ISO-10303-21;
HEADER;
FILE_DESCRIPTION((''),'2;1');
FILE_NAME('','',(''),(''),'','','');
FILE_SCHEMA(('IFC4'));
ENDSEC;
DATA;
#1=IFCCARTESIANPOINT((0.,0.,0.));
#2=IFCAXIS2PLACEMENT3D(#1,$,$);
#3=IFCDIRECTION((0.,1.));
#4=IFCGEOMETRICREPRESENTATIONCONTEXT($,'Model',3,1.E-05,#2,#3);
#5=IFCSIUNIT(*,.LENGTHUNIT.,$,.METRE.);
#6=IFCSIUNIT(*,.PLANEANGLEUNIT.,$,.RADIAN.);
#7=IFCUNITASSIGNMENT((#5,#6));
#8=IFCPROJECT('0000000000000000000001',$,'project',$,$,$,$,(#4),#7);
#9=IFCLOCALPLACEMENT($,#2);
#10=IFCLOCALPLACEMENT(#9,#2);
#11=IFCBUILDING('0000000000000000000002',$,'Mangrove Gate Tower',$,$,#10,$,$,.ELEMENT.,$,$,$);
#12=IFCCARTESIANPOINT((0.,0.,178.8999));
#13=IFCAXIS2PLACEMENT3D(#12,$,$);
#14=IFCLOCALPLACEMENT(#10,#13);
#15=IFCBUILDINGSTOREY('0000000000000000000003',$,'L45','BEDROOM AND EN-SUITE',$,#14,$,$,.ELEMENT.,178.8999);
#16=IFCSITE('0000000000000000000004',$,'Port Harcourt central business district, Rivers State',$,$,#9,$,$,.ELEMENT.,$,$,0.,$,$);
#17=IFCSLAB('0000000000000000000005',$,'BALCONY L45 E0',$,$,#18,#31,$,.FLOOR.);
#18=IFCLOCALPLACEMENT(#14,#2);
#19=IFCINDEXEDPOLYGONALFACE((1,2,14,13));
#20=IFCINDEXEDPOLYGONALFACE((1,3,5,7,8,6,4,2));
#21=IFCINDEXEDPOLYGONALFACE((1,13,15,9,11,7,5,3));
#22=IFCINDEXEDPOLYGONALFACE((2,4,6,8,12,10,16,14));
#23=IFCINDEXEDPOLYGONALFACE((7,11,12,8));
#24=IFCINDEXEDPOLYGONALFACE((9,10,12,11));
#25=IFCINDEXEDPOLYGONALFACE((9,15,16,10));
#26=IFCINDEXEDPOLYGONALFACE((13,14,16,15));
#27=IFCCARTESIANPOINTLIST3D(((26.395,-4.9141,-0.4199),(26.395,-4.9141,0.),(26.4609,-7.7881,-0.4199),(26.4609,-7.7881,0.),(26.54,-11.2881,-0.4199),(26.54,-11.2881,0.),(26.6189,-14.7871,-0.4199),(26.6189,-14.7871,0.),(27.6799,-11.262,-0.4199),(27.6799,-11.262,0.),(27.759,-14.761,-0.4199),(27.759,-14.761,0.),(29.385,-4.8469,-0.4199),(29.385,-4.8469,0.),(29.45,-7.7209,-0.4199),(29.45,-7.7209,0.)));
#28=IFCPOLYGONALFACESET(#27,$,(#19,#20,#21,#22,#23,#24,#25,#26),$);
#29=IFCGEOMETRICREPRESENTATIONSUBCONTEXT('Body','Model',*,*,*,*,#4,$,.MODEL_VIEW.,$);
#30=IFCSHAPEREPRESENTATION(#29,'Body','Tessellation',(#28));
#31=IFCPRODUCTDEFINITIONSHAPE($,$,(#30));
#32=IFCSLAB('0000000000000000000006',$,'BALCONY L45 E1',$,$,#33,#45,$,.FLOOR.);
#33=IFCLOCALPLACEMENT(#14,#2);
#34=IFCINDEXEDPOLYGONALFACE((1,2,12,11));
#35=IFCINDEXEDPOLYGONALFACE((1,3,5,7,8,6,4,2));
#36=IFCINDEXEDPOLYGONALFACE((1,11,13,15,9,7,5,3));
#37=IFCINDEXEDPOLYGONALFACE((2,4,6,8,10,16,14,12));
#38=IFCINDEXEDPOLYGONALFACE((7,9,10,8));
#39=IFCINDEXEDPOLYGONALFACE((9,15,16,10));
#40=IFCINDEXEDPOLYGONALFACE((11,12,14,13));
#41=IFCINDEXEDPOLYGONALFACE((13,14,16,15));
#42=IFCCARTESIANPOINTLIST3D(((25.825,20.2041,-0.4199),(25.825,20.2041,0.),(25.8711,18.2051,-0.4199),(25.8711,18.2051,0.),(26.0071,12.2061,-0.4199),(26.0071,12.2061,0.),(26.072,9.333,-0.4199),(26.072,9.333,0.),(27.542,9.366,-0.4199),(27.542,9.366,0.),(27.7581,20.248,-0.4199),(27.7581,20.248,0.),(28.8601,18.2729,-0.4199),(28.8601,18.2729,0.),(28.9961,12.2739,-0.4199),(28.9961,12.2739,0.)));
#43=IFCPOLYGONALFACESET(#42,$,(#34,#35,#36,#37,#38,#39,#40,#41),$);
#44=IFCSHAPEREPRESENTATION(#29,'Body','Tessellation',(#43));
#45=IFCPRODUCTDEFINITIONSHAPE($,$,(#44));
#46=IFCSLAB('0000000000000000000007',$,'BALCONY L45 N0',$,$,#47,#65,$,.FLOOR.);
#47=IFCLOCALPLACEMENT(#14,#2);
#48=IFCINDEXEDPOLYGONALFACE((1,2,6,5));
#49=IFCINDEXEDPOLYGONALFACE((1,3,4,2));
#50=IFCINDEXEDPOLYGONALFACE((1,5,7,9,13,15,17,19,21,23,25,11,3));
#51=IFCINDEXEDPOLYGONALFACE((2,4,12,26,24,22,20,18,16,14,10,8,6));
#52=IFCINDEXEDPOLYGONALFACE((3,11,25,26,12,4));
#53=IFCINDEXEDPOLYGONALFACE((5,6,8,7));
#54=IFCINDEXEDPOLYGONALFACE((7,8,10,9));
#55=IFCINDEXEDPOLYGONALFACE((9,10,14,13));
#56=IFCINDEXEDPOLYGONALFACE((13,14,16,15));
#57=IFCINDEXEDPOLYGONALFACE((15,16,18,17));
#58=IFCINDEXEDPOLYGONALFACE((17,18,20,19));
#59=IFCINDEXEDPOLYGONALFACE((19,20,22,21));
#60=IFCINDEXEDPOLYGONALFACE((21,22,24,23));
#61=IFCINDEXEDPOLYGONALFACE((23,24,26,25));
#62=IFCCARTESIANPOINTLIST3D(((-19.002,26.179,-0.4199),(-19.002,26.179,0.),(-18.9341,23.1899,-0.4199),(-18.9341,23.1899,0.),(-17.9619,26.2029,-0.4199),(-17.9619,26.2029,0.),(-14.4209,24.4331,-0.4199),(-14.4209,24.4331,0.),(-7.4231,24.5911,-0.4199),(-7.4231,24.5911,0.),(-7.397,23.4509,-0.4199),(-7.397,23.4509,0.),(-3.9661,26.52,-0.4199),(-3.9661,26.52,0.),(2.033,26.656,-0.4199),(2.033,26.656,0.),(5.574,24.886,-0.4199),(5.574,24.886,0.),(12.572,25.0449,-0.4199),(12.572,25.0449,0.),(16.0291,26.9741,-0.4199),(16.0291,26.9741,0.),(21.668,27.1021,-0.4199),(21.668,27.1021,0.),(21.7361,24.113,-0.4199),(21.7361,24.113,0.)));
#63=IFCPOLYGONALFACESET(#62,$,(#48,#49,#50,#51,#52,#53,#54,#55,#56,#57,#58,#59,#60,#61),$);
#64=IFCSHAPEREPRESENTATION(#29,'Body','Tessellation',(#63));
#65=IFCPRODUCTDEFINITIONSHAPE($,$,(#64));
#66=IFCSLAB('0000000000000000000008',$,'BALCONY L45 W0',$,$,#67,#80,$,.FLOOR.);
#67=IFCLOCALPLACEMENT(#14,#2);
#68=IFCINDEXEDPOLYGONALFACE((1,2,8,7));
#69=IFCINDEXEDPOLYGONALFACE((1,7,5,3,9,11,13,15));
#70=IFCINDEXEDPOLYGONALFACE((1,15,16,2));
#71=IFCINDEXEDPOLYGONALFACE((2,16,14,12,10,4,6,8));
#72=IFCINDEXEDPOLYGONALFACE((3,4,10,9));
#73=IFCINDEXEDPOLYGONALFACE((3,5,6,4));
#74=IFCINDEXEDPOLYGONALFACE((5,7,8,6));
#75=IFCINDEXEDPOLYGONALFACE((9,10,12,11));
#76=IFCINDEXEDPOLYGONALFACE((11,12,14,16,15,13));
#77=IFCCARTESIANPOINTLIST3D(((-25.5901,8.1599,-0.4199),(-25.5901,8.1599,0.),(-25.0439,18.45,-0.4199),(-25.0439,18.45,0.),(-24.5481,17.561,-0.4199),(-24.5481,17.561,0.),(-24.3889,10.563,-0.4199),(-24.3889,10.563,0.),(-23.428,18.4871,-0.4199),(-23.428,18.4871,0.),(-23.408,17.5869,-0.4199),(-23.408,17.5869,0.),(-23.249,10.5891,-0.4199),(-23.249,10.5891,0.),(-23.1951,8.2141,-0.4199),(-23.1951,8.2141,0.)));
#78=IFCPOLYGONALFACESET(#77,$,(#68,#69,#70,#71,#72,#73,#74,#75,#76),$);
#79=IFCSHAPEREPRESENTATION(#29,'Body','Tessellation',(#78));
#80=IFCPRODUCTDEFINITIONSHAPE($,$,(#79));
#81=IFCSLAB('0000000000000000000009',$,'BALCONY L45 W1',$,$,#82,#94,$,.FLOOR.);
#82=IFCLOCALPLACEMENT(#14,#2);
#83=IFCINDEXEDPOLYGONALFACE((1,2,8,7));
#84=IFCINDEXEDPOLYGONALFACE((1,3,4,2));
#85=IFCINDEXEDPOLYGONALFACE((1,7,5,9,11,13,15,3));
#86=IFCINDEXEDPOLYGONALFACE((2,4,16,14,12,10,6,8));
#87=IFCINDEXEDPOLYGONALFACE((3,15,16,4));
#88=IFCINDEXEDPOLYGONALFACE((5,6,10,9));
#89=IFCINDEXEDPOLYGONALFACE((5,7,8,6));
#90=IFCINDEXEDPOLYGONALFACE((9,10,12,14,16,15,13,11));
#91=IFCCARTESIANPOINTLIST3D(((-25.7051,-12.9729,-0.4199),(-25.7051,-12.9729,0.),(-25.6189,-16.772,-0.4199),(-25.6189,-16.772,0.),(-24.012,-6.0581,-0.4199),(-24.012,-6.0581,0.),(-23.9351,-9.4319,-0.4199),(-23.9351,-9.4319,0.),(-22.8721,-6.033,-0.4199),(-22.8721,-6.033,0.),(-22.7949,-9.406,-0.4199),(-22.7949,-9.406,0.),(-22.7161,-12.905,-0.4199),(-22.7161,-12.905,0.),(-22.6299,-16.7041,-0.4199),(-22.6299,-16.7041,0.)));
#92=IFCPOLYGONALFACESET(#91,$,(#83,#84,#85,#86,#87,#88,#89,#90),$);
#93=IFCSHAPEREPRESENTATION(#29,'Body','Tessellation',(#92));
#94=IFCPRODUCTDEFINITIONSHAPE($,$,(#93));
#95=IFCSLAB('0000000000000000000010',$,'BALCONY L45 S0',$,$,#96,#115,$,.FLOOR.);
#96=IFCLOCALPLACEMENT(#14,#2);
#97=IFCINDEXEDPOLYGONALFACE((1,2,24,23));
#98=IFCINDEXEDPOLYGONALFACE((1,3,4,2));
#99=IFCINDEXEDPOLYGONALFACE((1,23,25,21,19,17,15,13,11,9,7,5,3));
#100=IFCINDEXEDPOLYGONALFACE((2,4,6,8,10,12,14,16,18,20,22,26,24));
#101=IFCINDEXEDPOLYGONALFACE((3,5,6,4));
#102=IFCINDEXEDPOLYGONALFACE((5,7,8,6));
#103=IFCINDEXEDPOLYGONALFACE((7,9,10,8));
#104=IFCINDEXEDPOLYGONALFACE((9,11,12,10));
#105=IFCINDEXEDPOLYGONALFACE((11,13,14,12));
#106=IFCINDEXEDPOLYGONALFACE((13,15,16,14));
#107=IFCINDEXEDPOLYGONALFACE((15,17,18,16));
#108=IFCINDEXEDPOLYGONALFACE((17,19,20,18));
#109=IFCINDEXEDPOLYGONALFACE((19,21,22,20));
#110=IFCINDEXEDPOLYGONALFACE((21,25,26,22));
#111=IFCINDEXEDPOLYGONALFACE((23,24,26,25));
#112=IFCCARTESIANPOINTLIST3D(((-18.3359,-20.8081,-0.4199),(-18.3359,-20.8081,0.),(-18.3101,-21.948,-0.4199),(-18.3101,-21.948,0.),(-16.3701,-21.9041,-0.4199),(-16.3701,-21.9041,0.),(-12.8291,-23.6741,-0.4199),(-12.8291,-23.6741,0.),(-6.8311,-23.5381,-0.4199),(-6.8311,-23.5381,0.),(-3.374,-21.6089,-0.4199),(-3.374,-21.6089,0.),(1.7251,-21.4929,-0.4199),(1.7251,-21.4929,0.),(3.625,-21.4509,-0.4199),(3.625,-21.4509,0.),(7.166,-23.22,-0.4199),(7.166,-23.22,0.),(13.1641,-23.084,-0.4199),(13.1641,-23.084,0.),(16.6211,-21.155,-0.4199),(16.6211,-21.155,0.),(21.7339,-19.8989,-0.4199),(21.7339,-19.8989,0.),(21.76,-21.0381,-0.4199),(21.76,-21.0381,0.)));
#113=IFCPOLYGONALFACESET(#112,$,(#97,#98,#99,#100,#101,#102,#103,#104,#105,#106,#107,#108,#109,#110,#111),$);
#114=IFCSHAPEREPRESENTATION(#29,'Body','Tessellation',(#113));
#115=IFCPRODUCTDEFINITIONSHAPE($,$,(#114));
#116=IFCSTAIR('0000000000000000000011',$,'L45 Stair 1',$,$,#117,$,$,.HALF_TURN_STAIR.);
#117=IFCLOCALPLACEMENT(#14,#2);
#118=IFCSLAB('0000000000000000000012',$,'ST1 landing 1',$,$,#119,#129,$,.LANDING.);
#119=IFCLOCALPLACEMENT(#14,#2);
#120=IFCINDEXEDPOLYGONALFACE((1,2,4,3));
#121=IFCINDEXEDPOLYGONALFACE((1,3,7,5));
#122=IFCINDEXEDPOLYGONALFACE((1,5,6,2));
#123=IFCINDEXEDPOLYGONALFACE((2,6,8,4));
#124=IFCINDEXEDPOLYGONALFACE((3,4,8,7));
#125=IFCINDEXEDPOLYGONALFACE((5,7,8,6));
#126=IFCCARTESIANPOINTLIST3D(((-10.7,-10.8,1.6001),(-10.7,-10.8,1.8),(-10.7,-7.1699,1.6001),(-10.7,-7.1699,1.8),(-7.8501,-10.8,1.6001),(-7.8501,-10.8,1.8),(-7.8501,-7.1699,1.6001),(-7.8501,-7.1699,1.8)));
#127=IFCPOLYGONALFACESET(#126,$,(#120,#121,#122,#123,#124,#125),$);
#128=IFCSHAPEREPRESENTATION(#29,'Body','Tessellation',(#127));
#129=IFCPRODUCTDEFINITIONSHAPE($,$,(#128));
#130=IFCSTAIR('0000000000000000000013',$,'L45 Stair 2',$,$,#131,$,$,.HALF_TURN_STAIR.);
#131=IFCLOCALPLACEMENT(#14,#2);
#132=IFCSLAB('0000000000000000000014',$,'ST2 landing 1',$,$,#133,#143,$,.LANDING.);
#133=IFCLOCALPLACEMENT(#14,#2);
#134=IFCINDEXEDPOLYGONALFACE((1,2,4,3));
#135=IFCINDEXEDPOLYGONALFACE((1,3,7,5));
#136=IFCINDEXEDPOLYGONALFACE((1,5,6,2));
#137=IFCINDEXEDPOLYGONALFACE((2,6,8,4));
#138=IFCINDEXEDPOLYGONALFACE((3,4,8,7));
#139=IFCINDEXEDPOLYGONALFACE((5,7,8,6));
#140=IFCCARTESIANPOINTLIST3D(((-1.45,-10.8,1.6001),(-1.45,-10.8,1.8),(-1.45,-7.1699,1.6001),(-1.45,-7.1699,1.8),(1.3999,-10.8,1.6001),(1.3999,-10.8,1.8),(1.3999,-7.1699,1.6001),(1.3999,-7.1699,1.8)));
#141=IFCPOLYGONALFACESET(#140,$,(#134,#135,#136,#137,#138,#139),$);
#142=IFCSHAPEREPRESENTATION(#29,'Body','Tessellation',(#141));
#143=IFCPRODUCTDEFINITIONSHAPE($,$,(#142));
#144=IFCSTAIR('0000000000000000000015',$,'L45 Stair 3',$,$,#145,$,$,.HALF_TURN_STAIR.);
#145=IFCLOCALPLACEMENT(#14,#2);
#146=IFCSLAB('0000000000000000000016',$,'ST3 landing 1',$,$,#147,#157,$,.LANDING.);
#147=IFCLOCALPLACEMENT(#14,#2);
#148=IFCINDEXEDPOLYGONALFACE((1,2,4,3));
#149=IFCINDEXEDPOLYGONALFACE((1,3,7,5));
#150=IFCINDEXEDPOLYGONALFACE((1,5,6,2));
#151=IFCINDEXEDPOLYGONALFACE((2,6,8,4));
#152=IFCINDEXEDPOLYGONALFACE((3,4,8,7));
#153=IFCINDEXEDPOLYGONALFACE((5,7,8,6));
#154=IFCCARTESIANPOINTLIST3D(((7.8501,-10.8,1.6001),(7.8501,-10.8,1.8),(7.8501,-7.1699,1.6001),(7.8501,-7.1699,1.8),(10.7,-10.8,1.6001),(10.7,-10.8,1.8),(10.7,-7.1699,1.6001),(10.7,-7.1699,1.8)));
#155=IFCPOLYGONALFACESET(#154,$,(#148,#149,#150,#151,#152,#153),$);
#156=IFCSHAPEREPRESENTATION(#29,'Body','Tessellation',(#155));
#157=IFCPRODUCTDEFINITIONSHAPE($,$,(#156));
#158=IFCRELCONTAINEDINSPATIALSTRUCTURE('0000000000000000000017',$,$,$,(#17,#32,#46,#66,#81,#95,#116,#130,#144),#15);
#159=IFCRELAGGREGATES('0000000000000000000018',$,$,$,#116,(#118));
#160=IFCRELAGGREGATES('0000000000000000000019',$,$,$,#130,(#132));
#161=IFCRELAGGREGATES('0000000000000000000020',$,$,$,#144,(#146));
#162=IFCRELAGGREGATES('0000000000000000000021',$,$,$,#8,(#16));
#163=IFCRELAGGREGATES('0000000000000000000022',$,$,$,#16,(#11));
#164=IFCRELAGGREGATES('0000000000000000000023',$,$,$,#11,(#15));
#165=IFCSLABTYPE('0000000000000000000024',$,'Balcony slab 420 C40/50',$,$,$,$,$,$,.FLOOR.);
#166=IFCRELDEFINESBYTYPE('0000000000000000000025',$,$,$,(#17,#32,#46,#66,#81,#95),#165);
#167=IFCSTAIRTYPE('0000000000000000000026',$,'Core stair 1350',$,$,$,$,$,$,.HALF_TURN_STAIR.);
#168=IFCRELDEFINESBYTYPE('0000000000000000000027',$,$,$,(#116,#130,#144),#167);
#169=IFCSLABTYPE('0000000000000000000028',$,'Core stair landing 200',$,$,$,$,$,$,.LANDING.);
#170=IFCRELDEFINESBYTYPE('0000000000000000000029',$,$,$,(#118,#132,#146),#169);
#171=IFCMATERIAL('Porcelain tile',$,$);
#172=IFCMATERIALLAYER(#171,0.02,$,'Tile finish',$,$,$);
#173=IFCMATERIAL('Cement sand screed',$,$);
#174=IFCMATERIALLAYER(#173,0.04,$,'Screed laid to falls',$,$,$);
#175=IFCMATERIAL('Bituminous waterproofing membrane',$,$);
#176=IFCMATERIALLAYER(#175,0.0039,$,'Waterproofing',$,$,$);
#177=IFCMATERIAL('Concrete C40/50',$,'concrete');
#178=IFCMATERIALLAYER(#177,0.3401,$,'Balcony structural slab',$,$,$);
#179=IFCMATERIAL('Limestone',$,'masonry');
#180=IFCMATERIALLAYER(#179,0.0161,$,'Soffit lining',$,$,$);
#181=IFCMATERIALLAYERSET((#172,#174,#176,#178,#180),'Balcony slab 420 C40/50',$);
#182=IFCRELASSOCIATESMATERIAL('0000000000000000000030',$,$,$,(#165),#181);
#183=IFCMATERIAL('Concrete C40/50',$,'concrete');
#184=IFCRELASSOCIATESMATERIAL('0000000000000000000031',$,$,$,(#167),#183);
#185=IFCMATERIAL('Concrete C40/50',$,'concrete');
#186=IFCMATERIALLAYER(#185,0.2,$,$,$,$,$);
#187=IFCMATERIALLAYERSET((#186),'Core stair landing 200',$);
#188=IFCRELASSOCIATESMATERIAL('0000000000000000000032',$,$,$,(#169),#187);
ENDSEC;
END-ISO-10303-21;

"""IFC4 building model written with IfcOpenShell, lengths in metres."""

from ifc_helpers import new_model, si_unit, direction, frame, origin, place, context, subcontext, project, spatial, polyline, outline, extrude, material, layer, layer_set, type_object, element, aggregate, save


model = new_model("IFC4")

# Units and contexts
model_context = context("Model", 3, precision=1e-05, world=origin(), true_north=direction((0.0, 1.0)))
body_context = subcontext(model_context, "Body", "Model", "MODEL_VIEW")
ifc_project = project(units=[si_unit("LENGTHUNIT", "METRE"), si_unit("PLANEANGLEUNIT", "RADIAN")], contexts=[model_context])

# Site, building, storey
site_placement = place(None, origin())
site = spatial("IfcSite", under=ifc_project, at=site_placement, Name="Port Harcourt central business district, Rivers State", CompositionType="ELEMENT", RefElevation=0.0)
building_placement = place(site_placement, origin())
building = spatial("IfcBuilding", under=site, at=building_placement, Name="Mangrove Gate Tower", CompositionType="ELEMENT")
storey_placement = place(building_placement, frame((0.0, 0.0, 178.8999)))
storey = spatial("IfcBuildingStorey", under=building, at=storey_placement, Name="L45", Description="BEDROOM AND EN-SUITE", CompositionType="ELEMENT", Elevation=178.8999)

# Slabs
ifc_material_1 = material(Name="Porcelain tile")
ifc_layer_1 = layer(ifc_material_1, 0.02, Name="Tile finish")
ifc_material_2 = material(Name="Cement sand screed")
ifc_layer_2 = layer(ifc_material_2, 0.04, Name="Screed laid to falls")
ifc_material_3 = material(Name="Bituminous waterproofing membrane")
ifc_layer_3 = layer(ifc_material_3, 0.0039, Name="Waterproofing")
ifc_material_4 = material(Name="Concrete C40/50", Category="concrete")
ifc_layer_4 = layer(ifc_material_4, 0.3401, Name="Balcony structural slab")
ifc_material_5 = material(Name="Limestone", Category="masonry")
ifc_layer_5 = layer(ifc_material_5, 0.0161, Name="Soffit lining")
ifc_layer_set_1 = layer_set([ifc_layer_1, ifc_layer_2, ifc_layer_3, ifc_layer_4, ifc_layer_5], Name="Balcony slab 420 C40/50")
slab_type_1 = type_object("IfcSlabType", Name="Balcony slab 420 C40/50", PredefinedType="FLOOR", material=ifc_layer_set_1)
slab_1_placement = place(storey_placement, frame((0.0, 0.0, -0.4199)))
element("IfcSlab", 1, at=slab_1_placement, inside=storey, type_object=slab_type_1, Name="BALCONY L45 E0", PredefinedType="FLOOR", context=body_context, shape_type="SweptSolid", body=[
    extrude(outline(polyline([(27.759, -14.761), (27.6799, -11.262), (29.45, -7.7209), (29.385, -4.8469), (26.395, -4.9141), (26.4609, -7.7881), (26.54, -11.2881), (26.6189, -14.7871), (27.759, -14.761)])), origin(), (0.0, 0.0, 1.0), 0.4199),
])
slab_2_placement = place(storey_placement, frame((0.0, 0.0, -0.4199)))
element("IfcSlab", 2, at=slab_2_placement, inside=storey, type_object=slab_type_1, Name="BALCONY L45 E1", PredefinedType="FLOOR", context=body_context, shape_type="SweptSolid", body=[
    extrude(outline(polyline([(27.542, 9.366), (28.9961, 12.2739), (28.8601, 18.2729), (27.7581, 20.248), (25.825, 20.2041), (25.8711, 18.2051), (26.0071, 12.2061), (26.072, 9.333), (27.542, 9.366)])), origin(), (0.0, 0.0, 1.0), 0.4199),
])
slab_3_placement = place(storey_placement, frame((0.0, 0.0, -0.4199)))
element("IfcSlab", 3, at=slab_3_placement, inside=storey, type_object=slab_type_1, Name="BALCONY L45 N0", PredefinedType="FLOOR", context=body_context, shape_type="SweptSolid", body=[
    extrude(outline(polyline([(21.668, 27.1021), (16.0291, 26.9741), (12.572, 25.0449), (5.574, 24.886), (2.033, 26.656), (-3.9661, 26.52), (-7.4231, 24.5911), (-14.4209, 24.4331), (-17.9619, 26.2029), (-19.002, 26.179), (-18.9341, 23.1899), (-7.397, 23.4509), (21.7361, 24.113), (21.668, 27.1021)])), origin(), (0.0, 0.0, 1.0), 0.4199),
])
slab_4_placement = place(storey_placement, frame((0.0, 0.0, -0.4199)))
element("IfcSlab", 4, at=slab_4_placement, inside=storey, type_object=slab_type_1, Name="BALCONY L45 W0", PredefinedType="FLOOR", context=body_context, shape_type="SweptSolid", body=[
    extrude(outline(polyline([(-25.0439, 18.45), (-24.5481, 17.561), (-24.3889, 10.563), (-25.5901, 8.1599), (-23.1951, 8.2141), (-23.249, 10.5891), (-23.408, 17.5869), (-23.428, 18.4871), (-25.0439, 18.45)])), origin(), (0.0, 0.0, 1.0), 0.4199),
])
slab_5_placement = place(storey_placement, frame((0.0, 0.0, -0.4199)))
element("IfcSlab", 5, at=slab_5_placement, inside=storey, type_object=slab_type_1, Name="BALCONY L45 W1", PredefinedType="FLOOR", context=body_context, shape_type="SweptSolid", body=[
    extrude(outline(polyline([(-24.012, -6.0581), (-23.9351, -9.4319), (-25.7051, -12.9729), (-25.6189, -16.772), (-22.6299, -16.7041), (-22.7161, -12.905), (-22.7949, -9.406), (-22.8721, -6.033), (-24.012, -6.0581)])), origin(), (0.0, 0.0, 1.0), 0.4199),
])
slab_6_placement = place(storey_placement, frame((0.0, 0.0, -0.4199)))
element("IfcSlab", 6, at=slab_6_placement, inside=storey, type_object=slab_type_1, Name="BALCONY L45 S0", PredefinedType="FLOOR", context=body_context, shape_type="SweptSolid", body=[
    extrude(outline(polyline([(-18.3101, -21.948), (-16.3701, -21.9041), (-12.8291, -23.6741), (-6.8311, -23.5381), (-3.374, -21.6089), (1.7251, -21.4929), (3.625, -21.4509), (7.166, -23.22), (13.1641, -23.084), (16.6211, -21.155), (21.76, -21.0381), (21.7339, -19.8989), (-18.3359, -20.8081), (-18.3101, -21.948)])), origin(), (0.0, 0.0, 1.0), 0.4199),
])

# Stairs, slabs
ifc_material_6 = material(Name="Concrete C40/50", Category="concrete")
stair_type = type_object("IfcStairType", Name="Core stair 1350", PredefinedType="HALF_TURN_STAIR", material=ifc_material_6)
stair_1_placement = place(storey_placement, origin())
stair_1 = element("IfcStair", 7, at=stair_1_placement, inside=storey, type_object=stair_type, Name="L45 Stair 1", PredefinedType="HALF_TURN_STAIR")
ifc_material_7 = material(Name="Concrete C40/50", Category="concrete")
ifc_layer_6 = layer(ifc_material_7, 0.2)
ifc_layer_set_2 = layer_set([ifc_layer_6], Name="Core stair landing 200")
slab_type_2 = type_object("IfcSlabType", Name="Core stair landing 200", PredefinedType="LANDING", material=ifc_layer_set_2)
slab_7_placement = place(storey_placement, frame((0.0, 0.0, 1.6001)))
slab_7 = element("IfcSlab", 8, at=slab_7_placement, type_object=slab_type_2, Name="ST1 landing 1", PredefinedType="LANDING", context=body_context, shape_type="SweptSolid", body=[
    extrude(outline(polyline([(-10.7, -7.1699), (-10.7, -10.8), (-7.8501, -10.8), (-7.8501, -7.1699), (-10.7, -7.1699)])), origin(), (0.0, 0.0, 1.0), 0.2),
])
aggregate(stair_1, [slab_7])
stair_2_placement = place(storey_placement, origin())
stair_2 = element("IfcStair", 9, at=stair_2_placement, inside=storey, type_object=stair_type, Name="L45 Stair 2", PredefinedType="HALF_TURN_STAIR")
slab_8_placement = place(storey_placement, frame((0.0, 0.0, 1.6001)))
slab_8 = element("IfcSlab", 10, at=slab_8_placement, type_object=slab_type_2, Name="ST2 landing 1", PredefinedType="LANDING", context=body_context, shape_type="SweptSolid", body=[
    extrude(outline(polyline([(-1.45, -7.1699), (-1.45, -10.8), (1.3999, -10.8), (1.3999, -7.1699), (-1.45, -7.1699)])), origin(), (0.0, 0.0, 1.0), 0.2),
])
aggregate(stair_2, [slab_8])
stair_3_placement = place(storey_placement, origin())
stair_3 = element("IfcStair", 11, at=stair_3_placement, inside=storey, type_object=stair_type, Name="L45 Stair 3", PredefinedType="HALF_TURN_STAIR")
slab_9_placement = place(storey_placement, frame((0.0, 0.0, 1.6001)))
slab_9 = element("IfcSlab", 12, at=slab_9_placement, type_object=slab_type_2, Name="ST3 landing 1", PredefinedType="LANDING", context=body_context, shape_type="SweptSolid", body=[
    extrude(outline(polyline([(7.8501, -7.1699), (7.8501, -10.8), (10.7, -10.8), (10.7, -7.1699), (7.8501, -7.1699)])), origin(), (0.0, 0.0, 1.0), 0.2),
])
aggregate(stair_3, [slab_9])

save(model, "model.ifc")
